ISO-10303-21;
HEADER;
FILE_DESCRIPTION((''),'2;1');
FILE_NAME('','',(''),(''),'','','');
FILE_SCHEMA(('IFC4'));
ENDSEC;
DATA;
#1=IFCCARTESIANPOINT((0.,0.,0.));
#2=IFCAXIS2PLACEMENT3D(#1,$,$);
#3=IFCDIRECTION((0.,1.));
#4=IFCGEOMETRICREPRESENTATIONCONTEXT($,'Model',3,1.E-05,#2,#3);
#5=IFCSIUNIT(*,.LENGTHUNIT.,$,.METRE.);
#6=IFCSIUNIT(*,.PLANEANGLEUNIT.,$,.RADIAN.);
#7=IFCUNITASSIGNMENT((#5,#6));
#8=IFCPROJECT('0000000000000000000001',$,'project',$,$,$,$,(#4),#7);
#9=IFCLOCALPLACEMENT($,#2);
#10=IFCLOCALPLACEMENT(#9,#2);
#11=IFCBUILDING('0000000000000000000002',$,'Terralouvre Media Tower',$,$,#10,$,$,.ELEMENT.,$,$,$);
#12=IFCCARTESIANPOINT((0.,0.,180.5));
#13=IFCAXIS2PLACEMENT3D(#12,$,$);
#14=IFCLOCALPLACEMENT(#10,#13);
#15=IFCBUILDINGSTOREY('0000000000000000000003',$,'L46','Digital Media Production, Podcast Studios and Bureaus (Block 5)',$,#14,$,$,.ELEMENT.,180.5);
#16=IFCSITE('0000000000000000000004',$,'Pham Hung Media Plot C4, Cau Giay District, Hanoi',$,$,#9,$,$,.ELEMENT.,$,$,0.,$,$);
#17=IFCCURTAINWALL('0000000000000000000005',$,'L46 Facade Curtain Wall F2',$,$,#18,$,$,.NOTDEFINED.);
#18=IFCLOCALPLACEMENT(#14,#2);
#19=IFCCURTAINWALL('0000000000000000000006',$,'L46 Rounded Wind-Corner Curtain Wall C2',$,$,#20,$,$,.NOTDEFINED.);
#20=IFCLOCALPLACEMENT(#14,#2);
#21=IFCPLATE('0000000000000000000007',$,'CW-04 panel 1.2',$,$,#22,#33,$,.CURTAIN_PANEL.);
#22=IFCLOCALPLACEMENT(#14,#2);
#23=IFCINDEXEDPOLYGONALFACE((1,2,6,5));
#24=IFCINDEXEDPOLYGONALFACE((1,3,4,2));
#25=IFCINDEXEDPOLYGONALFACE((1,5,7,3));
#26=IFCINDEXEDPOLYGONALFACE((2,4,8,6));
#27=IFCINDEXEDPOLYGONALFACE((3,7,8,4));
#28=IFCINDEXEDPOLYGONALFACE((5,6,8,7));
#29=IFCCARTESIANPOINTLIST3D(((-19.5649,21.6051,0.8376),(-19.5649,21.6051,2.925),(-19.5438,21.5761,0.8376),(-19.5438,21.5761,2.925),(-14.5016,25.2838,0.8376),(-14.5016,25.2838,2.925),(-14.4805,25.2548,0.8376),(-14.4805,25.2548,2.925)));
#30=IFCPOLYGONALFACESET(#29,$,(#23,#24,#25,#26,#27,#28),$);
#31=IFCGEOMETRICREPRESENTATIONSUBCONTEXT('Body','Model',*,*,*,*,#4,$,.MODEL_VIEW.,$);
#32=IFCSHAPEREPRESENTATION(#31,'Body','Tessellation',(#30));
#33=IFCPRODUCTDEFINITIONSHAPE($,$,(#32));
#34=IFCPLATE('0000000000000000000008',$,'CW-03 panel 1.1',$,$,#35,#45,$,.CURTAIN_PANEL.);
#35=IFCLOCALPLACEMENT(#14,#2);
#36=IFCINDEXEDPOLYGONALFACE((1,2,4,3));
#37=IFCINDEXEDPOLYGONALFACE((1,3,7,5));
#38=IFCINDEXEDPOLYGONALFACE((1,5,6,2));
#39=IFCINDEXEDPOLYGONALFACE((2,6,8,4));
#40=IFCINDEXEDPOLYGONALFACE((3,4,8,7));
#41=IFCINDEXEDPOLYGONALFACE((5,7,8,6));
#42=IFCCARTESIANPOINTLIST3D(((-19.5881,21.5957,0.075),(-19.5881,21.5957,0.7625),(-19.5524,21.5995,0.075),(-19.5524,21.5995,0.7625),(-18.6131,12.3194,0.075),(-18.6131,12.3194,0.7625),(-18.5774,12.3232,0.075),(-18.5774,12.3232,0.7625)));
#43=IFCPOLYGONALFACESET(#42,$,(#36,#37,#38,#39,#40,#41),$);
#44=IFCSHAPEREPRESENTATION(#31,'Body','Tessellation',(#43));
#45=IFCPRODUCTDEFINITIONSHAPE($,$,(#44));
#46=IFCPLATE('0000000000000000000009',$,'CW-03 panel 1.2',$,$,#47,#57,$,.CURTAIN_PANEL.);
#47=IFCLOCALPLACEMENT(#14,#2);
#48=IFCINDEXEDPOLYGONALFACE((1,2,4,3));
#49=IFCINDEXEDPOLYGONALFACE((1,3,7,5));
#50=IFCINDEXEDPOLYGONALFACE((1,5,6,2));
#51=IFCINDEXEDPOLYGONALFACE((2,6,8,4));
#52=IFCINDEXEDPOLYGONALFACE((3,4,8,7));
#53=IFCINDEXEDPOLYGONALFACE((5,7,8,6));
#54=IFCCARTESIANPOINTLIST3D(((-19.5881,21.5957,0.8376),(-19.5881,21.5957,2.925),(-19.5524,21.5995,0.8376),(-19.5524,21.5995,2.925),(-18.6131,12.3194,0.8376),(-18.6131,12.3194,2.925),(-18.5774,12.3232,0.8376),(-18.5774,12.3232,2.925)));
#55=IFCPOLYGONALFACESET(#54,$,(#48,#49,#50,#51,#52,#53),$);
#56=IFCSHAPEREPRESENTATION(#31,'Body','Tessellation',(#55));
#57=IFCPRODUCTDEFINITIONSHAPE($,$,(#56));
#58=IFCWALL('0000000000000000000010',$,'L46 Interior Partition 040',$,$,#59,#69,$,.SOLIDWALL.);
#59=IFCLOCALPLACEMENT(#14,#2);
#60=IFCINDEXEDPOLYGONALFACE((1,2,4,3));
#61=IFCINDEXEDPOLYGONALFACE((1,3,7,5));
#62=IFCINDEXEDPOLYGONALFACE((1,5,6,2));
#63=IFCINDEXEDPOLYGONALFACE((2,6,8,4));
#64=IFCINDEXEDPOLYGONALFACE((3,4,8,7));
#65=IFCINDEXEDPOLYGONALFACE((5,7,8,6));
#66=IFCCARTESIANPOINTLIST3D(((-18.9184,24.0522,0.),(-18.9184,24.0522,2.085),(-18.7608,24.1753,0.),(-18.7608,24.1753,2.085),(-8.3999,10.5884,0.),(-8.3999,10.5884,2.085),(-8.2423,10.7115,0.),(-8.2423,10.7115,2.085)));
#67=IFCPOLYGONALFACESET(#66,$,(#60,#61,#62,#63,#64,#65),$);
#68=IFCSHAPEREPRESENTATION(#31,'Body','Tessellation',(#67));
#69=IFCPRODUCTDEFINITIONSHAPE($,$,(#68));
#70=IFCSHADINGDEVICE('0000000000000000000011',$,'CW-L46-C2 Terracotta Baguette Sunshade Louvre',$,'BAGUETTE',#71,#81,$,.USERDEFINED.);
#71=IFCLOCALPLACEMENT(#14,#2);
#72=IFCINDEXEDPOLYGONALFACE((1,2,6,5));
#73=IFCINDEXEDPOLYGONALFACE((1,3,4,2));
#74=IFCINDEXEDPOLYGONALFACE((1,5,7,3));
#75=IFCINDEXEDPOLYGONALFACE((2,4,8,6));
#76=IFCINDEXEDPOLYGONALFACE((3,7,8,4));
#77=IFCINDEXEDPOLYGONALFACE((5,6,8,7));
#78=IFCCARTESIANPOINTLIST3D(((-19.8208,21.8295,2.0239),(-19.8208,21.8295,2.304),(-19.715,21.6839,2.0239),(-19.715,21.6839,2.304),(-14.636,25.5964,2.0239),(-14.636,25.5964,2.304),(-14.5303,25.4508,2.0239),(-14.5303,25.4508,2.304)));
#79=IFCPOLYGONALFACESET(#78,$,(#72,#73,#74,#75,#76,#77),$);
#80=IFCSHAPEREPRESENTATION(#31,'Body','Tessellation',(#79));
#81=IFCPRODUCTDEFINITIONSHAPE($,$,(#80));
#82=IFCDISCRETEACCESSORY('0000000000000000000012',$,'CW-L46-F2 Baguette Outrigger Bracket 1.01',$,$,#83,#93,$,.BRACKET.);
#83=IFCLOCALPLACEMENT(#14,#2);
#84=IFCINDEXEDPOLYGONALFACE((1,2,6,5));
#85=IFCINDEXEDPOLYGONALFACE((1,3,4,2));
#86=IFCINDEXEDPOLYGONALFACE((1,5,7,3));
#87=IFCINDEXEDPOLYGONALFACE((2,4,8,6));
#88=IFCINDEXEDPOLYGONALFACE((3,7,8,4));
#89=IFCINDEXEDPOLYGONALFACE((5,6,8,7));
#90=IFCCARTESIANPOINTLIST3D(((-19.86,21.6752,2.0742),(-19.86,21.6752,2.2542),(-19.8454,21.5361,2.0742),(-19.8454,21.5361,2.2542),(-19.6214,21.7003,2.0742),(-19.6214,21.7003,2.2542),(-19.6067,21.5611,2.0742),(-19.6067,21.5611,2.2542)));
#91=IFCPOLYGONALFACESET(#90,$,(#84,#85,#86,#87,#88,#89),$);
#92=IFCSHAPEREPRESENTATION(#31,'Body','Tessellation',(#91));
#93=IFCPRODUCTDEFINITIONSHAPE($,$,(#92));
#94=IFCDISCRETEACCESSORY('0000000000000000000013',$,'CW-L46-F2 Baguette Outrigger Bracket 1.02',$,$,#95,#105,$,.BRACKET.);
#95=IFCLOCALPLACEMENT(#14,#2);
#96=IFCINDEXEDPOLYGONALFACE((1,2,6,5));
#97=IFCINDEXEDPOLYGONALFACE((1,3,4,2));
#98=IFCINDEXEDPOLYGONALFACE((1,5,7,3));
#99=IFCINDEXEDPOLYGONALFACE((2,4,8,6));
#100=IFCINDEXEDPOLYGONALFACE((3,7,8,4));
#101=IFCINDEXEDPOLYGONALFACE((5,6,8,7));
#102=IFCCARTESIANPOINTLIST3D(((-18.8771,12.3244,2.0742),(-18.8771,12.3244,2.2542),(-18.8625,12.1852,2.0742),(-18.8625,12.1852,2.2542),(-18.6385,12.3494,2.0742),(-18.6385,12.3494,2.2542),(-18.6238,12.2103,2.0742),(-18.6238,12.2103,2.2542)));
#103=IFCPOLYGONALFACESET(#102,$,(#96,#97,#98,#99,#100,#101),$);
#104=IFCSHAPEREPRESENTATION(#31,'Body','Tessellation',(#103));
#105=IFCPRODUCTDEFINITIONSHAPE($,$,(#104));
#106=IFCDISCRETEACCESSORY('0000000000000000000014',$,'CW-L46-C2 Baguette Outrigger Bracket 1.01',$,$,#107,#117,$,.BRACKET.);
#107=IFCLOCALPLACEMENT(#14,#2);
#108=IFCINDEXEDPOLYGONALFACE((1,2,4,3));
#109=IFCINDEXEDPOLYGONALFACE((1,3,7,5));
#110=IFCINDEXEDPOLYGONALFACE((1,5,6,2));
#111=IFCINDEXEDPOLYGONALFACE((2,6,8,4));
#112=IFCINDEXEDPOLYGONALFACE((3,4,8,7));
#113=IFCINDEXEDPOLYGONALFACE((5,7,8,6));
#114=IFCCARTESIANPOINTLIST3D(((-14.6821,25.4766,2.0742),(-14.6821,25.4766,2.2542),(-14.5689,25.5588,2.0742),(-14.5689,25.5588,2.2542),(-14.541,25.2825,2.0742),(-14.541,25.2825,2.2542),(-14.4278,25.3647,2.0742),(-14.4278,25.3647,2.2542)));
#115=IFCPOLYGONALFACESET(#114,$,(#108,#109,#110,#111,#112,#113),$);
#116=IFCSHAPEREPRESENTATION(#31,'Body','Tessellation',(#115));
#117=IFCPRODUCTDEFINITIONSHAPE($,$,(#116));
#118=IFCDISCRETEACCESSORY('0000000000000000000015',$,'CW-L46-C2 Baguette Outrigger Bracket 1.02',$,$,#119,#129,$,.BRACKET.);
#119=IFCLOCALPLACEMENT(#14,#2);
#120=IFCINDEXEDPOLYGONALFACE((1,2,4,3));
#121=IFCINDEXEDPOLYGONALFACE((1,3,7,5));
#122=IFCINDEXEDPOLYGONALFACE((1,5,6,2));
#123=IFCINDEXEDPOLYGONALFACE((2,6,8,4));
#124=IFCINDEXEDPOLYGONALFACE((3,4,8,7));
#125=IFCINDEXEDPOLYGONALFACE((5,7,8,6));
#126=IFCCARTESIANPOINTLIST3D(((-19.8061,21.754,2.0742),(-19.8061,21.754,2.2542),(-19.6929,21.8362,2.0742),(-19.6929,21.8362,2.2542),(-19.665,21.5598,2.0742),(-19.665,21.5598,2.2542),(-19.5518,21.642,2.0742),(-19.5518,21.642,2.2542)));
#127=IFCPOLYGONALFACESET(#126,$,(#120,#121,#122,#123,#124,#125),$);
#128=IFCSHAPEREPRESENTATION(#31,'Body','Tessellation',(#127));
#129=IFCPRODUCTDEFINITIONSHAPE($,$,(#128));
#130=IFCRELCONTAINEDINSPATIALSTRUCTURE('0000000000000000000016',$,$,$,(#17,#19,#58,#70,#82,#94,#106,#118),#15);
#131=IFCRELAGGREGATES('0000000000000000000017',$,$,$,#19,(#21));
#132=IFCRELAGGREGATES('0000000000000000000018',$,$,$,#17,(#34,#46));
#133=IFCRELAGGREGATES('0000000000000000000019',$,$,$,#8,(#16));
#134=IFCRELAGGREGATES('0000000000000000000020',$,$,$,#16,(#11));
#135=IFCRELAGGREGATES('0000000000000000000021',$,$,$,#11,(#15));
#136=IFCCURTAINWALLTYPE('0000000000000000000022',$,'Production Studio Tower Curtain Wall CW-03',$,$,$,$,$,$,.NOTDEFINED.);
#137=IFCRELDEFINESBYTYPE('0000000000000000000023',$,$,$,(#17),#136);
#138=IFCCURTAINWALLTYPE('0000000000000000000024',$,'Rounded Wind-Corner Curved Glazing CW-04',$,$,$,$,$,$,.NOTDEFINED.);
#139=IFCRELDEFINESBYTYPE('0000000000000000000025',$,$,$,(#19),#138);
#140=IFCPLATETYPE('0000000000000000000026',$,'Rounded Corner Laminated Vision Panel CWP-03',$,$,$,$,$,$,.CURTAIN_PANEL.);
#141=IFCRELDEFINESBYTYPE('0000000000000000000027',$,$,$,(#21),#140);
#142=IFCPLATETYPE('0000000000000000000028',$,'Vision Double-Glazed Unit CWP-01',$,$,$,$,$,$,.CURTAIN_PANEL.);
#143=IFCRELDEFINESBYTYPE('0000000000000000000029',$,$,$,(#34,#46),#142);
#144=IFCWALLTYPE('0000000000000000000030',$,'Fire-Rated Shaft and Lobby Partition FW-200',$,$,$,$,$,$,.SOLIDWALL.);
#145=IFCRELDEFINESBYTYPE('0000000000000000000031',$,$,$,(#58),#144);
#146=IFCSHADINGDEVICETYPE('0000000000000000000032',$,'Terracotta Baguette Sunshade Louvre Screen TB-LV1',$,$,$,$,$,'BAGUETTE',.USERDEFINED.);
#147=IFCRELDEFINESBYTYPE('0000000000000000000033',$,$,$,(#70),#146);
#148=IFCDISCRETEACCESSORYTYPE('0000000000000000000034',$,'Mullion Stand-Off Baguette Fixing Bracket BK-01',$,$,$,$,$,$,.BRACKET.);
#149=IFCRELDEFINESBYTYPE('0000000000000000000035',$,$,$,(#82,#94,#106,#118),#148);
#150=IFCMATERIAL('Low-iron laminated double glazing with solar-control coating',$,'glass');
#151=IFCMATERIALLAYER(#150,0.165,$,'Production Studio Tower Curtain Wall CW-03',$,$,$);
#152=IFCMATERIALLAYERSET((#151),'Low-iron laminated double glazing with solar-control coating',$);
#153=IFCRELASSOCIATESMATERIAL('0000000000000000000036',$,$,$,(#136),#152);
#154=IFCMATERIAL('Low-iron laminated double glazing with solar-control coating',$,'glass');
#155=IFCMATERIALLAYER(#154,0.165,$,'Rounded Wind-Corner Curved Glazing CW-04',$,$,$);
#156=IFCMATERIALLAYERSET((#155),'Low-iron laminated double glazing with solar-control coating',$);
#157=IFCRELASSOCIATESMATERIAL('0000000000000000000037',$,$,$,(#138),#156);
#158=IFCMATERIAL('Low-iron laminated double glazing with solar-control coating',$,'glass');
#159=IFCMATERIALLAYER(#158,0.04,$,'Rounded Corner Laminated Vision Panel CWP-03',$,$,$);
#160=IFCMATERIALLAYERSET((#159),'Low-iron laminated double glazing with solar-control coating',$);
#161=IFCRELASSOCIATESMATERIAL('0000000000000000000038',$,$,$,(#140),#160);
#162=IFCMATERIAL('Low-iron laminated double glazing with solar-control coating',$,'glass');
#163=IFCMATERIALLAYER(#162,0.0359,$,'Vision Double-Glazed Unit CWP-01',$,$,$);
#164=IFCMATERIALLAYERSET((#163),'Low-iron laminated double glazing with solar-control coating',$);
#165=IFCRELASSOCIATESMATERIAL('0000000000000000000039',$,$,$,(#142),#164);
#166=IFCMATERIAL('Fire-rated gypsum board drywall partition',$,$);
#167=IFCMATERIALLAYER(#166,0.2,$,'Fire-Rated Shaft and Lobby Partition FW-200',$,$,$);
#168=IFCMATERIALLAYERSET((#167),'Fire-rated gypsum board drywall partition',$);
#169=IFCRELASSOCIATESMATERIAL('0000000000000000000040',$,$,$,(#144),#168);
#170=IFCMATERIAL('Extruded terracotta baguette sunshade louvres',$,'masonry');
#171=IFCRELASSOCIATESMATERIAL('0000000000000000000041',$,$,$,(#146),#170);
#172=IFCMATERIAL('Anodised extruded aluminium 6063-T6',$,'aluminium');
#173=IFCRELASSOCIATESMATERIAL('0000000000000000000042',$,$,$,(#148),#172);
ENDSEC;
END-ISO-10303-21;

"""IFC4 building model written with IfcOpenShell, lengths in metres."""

from ifc_helpers import new_model, si_unit, direction, frame, frame_2d, origin, origin_2d, place, context, subcontext, project, spatial, rectangle, extrude, material, layer, layer_set, type_object, element, aggregate, save


model = new_model("IFC4")

# Units and contexts
model_context = context("Model", 3, precision=1e-05, world=origin(), true_north=direction((0.0, 1.0)))
body_context = subcontext(model_context, "Body", "Model", "MODEL_VIEW")
ifc_project = project(units=[si_unit("LENGTHUNIT", "METRE"), si_unit("PLANEANGLEUNIT", "RADIAN")], contexts=[model_context])

# Site, building, storey
site_placement = place(None, origin())
site = spatial("IfcSite", under=ifc_project, at=site_placement, Name="Pham Hung Media Plot C4, Cau Giay District, Hanoi", CompositionType="ELEMENT", RefElevation=0.0)
building_placement = place(site_placement, origin())
building = spatial("IfcBuilding", under=site, at=building_placement, Name="Terralouvre Media Tower", CompositionType="ELEMENT")
storey_placement = place(building_placement, frame((0.0, 0.0, 180.5)))
storey = spatial("IfcBuildingStorey", under=building, at=storey_placement, Name="L46", Description="Digital Media Production, Podcast Studios and Bureaus (Block 5)", CompositionType="ELEMENT", Elevation=180.5)

# Curtain wall
ifc_material_1 = material(Name="Low-iron laminated double glazing with solar-control coating", Category="glass")
ifc_layer_1 = layer(ifc_material_1, 0.165, Name="Production Studio Tower Curtain Wall CW-03")
ifc_layer_set_1 = layer_set([ifc_layer_1], Name="Low-iron laminated double glazing with solar-control coating")
curtain_wall_type_1 = type_object("IfcCurtainWallType", Name="Production Studio Tower Curtain Wall CW-03", PredefinedType="NOTDEFINED", material=ifc_layer_set_1)
curtain_wall_1_placement = place(storey_placement, origin())
curtain_wall_1 = element("IfcCurtainWall", 1, at=curtain_wall_1_placement, inside=storey, type_object=curtain_wall_type_1, Name="L46 Facade Curtain Wall F2", PredefinedType="NOTDEFINED")

# Curtain wall
ifc_material_2 = material(Name="Low-iron laminated double glazing with solar-control coating", Category="glass")
ifc_layer_2 = layer(ifc_material_2, 0.165, Name="Rounded Wind-Corner Curved Glazing CW-04")
ifc_layer_set_2 = layer_set([ifc_layer_2], Name="Low-iron laminated double glazing with solar-control coating")
curtain_wall_type_2 = type_object("IfcCurtainWallType", Name="Rounded Wind-Corner Curved Glazing CW-04", PredefinedType="NOTDEFINED", material=ifc_layer_set_2)
curtain_wall_2_placement = place(storey_placement, origin())
curtain_wall_2 = element("IfcCurtainWall", 2, at=curtain_wall_2_placement, inside=storey, type_object=curtain_wall_type_2, Name="L46 Rounded Wind-Corner Curtain Wall C2", PredefinedType="NOTDEFINED")

# Plates
ifc_material_3 = material(Name="Low-iron laminated double glazing with solar-control coating", Category="glass")
ifc_layer_3 = layer(ifc_material_3, 0.04, Name="Rounded Corner Laminated Vision Panel CWP-03")
ifc_layer_set_3 = layer_set([ifc_layer_3], Name="Low-iron laminated double glazing with solar-control coating")
plate_type_1 = type_object("IfcPlateType", Name="Rounded Corner Laminated Vision Panel CWP-03", PredefinedType="CURTAIN_PANEL", material=ifc_layer_set_3)
plate_1_placement = place(storey_placement, frame((-17.0227, 23.4299, 0.8376), z_axis=(0.0, 0.0, 1.0), x_axis=(-0.809017, -0.587785, 0.0)))
plate_1 = element("IfcPlate", 3, at=plate_1_placement, type_object=plate_type_1, Name="CW-04 panel 1.2", PredefinedType="CURTAIN_PANEL", context=body_context, shape_type="SweptSolid", body=[
    extrude(rectangle(XDim=6.2585, YDim=0.0359, at=origin_2d()), origin(), (0.0, 0.0, 1.0), 2.0874),
])
aggregate(curtain_wall_2, [plate_1])
ifc_material_4 = material(Name="Low-iron laminated double glazing with solar-control coating", Category="glass")
ifc_layer_4 = layer(ifc_material_4, 0.0359, Name="Vision Double-Glazed Unit CWP-01")
ifc_layer_set_4 = layer_set([ifc_layer_4], Name="Low-iron laminated double glazing with solar-control coating")
plate_type_2 = type_object("IfcPlateType", Name="Vision Double-Glazed Unit CWP-01", PredefinedType="CURTAIN_PANEL", material=ifc_layer_set_4)
plate_2_placement = place(storey_placement, frame((-19.0828, 16.9595, 0.075), z_axis=(0.0, 0.0, 1.0), x_axis=(0.104528, -0.994522, 0.0)))
plate_2 = element("IfcPlate", 4, at=plate_2_placement, type_object=plate_type_2, Name="CW-03 panel 1.1", PredefinedType="CURTAIN_PANEL", context=body_context, shape_type="SweptSolid", body=[
    extrude(rectangle(XDim=9.3274, YDim=0.0359, at=origin_2d()), origin(), (0.0, 0.0, 1.0), 0.6875),
])
plate_3_placement = place(storey_placement, frame((-19.0828, 16.9595, 0.8376), z_axis=(0.0, 0.0, 1.0), x_axis=(0.104528, -0.994522, 0.0)))
plate_3 = element("IfcPlate", 5, at=plate_3_placement, type_object=plate_type_2, Name="CW-03 panel 1.2", PredefinedType="CURTAIN_PANEL", context=body_context, shape_type="SweptSolid", body=[
    extrude(rectangle(XDim=9.3274, YDim=0.0359, at=origin_2d()), origin(), (0.0, 0.0, 1.0), 2.0874),
])
aggregate(curtain_wall_1, [plate_2, plate_3])

# Wall
ifc_material_5 = material(Name="Fire-rated gypsum board drywall partition")
ifc_layer_5 = layer(ifc_material_5, 0.2, Name="Fire-Rated Shaft and Lobby Partition FW-200")
ifc_layer_set_5 = layer_set([ifc_layer_5], Name="Fire-rated gypsum board drywall partition")
wall_type = type_object("IfcWallType", Name="Fire-Rated Shaft and Lobby Partition FW-200", PredefinedType="SOLIDWALL", material=ifc_layer_set_5)
wall_placement = place(storey_placement, frame((-18.8396, 24.1138, 0.0), z_axis=(0.0, 0.0, 1.0), x_axis=(0.615641, -0.788027, 0.0)))
element("IfcWall", 6, at=wall_placement, inside=storey, type_object=wall_type, Name="L46 Interior Partition 040", PredefinedType="SOLIDWALL", context=body_context, shape_type="SweptSolid", body=[
    extrude(rectangle(XDim=17.0854, YDim=0.2, at=frame_2d((8.5427, 0.0))), origin(), (0.0, 0.0, 1.0), 2.085),
])

# Shading device
ifc_material_6 = material(Name="Extruded terracotta baguette sunshade louvres", Category="masonry")
shading_device_type = type_object("IfcShadingDeviceType", Name="Terracotta Baguette Sunshade Louvre Screen TB-LV1", ElementType="BAGUETTE", PredefinedType="USERDEFINED", material=ifc_material_6)
shading_device_placement = place(storey_placement, frame((-17.1755, 23.6401, 2.0239), z_axis=(0.0, 0.0, 1.0), x_axis=(-0.809017, -0.587785, 0.0)))
element("IfcShadingDevice", 7, at=shading_device_placement, inside=storey, type_object=shading_device_type, Name="CW-L46-C2 Terracotta Baguette Sunshade Louvre", ObjectType="BAGUETTE", PredefinedType="USERDEFINED", context=body_context, shape_type="SweptSolid", body=[
    extrude(rectangle(XDim=6.4087, YDim=0.1799, at=origin_2d()), origin(), (0.0, 0.0, 1.0), 0.28),
])

# Discrete accessories
ifc_material_7 = material(Name="Anodised extruded aluminium 6063-T6", Category="aluminium")
discrete_accessory_type = type_object("IfcDiscreteAccessoryType", Name="Mullion Stand-Off Baguette Fixing Bracket BK-01", PredefinedType="BRACKET", material=ifc_material_7)
for number, where, z_axis, x_axis, name in (
    (8, (-19.7334, 21.6182, 2.0742), (0.0, 0.0, 1.0), (0.104528, -0.994522, 0.0), "CW-L46-F2 Baguette Outrigger Bracket 1.01"),
    (9, (-18.7505, 12.2673, 2.0742), (0.0, 0.0, 1.0), (0.104528, -0.994522, 0.0), "CW-L46-F2 Baguette Outrigger Bracket 1.02"),
    (10, (-14.5549, 25.4207, 2.0742), (0.0, 0.0, 1.0), (-0.809017, -0.587785, 0.0), "CW-L46-C2 Baguette Outrigger Bracket 1.01"),
    (11, (-19.679, 21.698, 2.0742), (0.0, 0.0, 1.0), (-0.809017, -0.587785, 0.0), "CW-L46-C2 Baguette Outrigger Bracket 1.02"),
):
    element("IfcDiscreteAccessory", number, at=place(storey_placement, frame(where, z_axis=z_axis, x_axis=x_axis)), inside=storey, type_object=discrete_accessory_type, Name=name, PredefinedType="BRACKET", context=body_context, shape_type="SweptSolid", body=[
        extrude(rectangle(XDim=0.1399, YDim=0.24, at=origin_2d()), origin(), (0.0, 0.0, 1.0), 0.1799),
    ])

save(model, "model.ifc")
